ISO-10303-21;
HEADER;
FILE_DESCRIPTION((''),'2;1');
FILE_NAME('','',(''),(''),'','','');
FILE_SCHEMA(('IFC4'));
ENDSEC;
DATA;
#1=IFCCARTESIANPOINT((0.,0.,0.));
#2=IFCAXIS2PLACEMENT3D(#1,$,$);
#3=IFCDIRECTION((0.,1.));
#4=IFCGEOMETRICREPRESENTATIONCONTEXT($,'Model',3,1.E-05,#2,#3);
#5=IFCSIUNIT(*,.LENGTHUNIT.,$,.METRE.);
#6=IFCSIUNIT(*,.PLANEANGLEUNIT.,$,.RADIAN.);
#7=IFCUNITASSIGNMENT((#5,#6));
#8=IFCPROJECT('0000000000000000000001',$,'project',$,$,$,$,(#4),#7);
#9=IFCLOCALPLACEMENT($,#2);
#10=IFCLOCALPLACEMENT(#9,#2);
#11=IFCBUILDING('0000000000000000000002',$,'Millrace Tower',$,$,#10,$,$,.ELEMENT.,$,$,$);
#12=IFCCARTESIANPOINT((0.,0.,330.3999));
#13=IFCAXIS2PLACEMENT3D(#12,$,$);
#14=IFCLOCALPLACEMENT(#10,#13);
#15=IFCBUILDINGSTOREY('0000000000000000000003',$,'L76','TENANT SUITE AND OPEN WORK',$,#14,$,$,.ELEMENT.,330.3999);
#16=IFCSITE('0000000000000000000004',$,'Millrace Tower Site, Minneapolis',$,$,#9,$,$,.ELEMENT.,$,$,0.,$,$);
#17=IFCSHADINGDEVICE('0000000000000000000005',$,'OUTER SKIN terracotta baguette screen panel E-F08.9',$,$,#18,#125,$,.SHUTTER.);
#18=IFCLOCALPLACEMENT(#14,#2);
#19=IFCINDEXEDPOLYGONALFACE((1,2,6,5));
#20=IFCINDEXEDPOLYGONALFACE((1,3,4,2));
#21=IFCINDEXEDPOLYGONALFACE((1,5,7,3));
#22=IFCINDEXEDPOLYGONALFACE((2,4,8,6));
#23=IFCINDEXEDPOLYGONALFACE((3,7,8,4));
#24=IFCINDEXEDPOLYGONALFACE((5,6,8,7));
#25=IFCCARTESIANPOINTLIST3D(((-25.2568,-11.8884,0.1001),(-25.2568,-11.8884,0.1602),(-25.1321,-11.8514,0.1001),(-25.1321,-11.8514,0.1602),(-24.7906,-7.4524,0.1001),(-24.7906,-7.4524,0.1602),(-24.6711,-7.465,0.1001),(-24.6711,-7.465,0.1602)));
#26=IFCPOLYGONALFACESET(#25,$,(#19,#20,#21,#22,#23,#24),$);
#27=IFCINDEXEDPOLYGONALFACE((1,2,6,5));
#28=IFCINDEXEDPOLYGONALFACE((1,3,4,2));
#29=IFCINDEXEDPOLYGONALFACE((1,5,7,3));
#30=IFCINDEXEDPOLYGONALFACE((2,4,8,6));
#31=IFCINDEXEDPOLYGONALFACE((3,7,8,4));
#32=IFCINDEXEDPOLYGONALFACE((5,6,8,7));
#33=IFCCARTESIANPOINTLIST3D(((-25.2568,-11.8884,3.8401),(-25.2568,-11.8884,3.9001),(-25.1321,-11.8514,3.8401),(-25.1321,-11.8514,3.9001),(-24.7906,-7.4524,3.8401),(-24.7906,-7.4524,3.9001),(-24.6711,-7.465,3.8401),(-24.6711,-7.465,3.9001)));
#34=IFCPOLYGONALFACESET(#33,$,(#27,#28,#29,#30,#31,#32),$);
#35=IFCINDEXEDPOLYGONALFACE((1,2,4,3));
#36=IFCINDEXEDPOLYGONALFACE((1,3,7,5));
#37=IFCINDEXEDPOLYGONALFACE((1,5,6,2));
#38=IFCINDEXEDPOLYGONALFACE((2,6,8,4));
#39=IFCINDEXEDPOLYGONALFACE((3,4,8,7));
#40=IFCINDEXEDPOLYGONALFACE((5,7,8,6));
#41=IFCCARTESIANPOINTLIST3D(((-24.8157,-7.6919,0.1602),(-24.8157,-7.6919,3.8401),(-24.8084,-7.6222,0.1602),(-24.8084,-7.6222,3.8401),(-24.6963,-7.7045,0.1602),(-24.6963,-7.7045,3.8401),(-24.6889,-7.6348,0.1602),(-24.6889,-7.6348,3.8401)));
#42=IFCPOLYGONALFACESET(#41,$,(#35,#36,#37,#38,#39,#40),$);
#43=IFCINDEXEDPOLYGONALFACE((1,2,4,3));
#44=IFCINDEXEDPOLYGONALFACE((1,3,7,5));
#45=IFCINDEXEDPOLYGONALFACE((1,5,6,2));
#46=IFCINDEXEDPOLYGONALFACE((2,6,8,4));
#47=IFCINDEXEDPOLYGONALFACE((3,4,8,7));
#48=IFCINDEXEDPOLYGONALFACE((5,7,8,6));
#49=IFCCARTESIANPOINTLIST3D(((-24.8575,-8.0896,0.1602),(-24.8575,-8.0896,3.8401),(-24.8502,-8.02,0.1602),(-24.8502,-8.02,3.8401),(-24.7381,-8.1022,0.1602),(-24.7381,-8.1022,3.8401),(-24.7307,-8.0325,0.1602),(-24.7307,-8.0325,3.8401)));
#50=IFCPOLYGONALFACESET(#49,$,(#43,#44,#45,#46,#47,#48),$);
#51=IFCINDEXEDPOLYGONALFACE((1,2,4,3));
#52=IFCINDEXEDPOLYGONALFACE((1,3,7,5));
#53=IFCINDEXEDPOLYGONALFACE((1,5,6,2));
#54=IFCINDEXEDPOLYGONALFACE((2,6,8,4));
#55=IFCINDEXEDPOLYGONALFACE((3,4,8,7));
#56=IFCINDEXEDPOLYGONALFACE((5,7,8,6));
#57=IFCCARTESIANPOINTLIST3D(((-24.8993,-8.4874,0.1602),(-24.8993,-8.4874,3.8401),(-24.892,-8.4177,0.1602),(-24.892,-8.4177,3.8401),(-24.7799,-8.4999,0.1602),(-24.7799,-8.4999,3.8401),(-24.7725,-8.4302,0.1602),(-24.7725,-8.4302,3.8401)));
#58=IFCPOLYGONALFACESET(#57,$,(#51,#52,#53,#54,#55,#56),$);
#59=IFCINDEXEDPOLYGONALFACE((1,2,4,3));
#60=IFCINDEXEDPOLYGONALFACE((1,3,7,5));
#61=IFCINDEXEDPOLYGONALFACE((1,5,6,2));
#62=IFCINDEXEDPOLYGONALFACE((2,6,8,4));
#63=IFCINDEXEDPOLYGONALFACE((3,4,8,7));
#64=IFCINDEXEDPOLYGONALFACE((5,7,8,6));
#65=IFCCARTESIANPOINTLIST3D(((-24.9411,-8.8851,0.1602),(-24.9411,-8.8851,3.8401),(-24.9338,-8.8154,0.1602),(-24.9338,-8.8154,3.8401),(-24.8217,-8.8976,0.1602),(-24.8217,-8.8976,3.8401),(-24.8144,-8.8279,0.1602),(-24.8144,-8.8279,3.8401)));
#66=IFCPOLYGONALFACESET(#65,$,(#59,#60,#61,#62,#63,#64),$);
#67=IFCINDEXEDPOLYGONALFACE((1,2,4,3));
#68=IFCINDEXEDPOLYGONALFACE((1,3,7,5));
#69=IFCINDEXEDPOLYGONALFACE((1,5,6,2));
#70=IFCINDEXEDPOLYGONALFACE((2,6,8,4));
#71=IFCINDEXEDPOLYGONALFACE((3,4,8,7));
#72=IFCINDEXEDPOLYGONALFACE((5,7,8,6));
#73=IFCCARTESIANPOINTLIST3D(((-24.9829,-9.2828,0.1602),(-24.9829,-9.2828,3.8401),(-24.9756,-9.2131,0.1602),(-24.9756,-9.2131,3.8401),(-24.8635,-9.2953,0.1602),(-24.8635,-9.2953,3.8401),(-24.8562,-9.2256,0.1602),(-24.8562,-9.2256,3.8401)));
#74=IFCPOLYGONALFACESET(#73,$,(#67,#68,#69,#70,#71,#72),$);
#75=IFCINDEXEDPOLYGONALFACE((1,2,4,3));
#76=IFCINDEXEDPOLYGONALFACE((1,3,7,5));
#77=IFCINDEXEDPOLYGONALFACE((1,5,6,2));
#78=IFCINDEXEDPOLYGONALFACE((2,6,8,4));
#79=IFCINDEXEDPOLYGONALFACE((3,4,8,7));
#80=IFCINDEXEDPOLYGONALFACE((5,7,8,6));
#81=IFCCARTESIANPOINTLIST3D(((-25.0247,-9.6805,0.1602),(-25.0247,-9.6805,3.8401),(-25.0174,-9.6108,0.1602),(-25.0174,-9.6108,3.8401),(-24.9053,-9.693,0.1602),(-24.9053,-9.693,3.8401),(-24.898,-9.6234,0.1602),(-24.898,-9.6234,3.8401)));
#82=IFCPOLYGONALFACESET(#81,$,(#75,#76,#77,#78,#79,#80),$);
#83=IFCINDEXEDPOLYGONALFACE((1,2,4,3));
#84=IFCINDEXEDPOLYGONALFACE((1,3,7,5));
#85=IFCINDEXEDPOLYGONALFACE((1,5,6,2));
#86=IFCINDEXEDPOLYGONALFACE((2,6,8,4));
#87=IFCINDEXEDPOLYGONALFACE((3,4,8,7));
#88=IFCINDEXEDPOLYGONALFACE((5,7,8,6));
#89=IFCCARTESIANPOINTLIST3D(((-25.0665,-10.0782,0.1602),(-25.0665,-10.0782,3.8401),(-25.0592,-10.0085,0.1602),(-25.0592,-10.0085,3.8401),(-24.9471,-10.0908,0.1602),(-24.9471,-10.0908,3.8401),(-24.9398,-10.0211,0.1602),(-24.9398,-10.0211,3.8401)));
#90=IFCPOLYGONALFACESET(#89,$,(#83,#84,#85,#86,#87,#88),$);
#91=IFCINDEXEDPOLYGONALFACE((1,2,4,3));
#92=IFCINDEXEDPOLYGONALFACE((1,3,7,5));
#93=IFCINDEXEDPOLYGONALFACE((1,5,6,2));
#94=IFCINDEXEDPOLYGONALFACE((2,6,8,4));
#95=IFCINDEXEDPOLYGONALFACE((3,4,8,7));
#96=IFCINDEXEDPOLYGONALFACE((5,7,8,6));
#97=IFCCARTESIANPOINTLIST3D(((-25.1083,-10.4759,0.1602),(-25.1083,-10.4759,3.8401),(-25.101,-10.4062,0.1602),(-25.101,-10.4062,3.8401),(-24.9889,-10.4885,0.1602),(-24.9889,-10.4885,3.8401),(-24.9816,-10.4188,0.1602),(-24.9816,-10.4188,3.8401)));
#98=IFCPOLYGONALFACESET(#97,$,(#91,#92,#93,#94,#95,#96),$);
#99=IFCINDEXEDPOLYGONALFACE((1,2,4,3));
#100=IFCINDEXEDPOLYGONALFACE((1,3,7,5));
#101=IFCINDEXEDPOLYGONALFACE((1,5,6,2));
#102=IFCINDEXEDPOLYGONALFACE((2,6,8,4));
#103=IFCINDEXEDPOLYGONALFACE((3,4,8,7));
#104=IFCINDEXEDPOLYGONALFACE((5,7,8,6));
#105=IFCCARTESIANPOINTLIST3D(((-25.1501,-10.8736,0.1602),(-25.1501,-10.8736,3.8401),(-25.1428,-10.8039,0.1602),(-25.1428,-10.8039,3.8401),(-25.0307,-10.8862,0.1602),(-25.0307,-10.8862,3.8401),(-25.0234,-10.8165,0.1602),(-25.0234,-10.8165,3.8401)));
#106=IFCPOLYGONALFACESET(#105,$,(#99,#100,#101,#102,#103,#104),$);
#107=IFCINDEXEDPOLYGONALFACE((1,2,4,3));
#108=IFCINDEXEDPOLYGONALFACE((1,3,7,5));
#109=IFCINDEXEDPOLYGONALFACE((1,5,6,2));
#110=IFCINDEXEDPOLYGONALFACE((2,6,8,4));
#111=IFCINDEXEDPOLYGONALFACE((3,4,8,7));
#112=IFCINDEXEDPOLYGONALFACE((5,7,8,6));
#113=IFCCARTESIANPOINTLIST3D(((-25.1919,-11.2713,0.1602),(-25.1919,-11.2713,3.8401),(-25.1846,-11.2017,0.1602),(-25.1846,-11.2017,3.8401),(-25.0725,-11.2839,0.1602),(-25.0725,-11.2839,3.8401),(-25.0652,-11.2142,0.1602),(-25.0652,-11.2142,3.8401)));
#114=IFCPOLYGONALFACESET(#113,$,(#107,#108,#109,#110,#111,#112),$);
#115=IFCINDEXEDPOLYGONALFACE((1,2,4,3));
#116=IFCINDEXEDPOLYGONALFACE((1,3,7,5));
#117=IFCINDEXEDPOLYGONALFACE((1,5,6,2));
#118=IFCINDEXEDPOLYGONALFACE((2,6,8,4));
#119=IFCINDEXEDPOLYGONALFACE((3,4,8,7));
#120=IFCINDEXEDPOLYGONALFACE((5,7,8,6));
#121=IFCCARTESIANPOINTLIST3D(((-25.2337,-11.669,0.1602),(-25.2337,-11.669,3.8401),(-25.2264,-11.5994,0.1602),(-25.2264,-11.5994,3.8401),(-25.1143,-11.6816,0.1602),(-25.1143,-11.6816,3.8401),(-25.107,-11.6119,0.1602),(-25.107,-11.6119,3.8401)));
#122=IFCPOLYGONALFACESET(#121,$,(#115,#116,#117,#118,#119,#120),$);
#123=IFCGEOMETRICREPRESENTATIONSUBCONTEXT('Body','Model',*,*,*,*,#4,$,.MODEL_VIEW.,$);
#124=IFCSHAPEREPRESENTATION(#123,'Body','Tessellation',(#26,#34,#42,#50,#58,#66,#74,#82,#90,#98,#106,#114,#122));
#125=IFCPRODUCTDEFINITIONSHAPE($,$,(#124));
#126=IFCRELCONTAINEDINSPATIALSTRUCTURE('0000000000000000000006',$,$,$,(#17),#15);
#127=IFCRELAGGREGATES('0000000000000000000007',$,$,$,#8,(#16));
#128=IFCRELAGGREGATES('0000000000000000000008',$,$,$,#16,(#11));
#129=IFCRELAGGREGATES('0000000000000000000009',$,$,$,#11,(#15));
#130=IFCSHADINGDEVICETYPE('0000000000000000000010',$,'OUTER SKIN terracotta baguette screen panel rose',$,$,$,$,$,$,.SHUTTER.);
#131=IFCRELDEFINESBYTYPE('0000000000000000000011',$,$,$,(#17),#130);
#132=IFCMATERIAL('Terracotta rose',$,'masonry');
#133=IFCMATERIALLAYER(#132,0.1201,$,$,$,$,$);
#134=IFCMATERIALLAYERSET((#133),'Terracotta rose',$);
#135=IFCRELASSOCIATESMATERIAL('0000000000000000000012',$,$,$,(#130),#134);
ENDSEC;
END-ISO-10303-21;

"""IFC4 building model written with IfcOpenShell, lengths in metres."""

from ifc_helpers import new_model, entity, si_unit, direction, frame, frame_2d, origin, place, context, subcontext, project, spatial, rectangle, extrude, source, transform, mapped, material, layer, layer_set, type_object, element, save


model = new_model("IFC4")

# Units and contexts
model_context = context("Model", 3, precision=1e-05, world=origin(), true_north=direction((0.0, 1.0)))
body_context = subcontext(model_context, "Body", "Model", "MODEL_VIEW")
ifc_project = project(units=[si_unit("LENGTHUNIT", "METRE"), si_unit("PLANEANGLEUNIT", "RADIAN")], contexts=[model_context])

# Site, building, storey
site_placement = place(None, origin())
site = spatial("IfcSite", under=ifc_project, at=site_placement, Name="Millrace Tower Site, Minneapolis", CompositionType="ELEMENT", RefElevation=0.0)
building_placement = place(site_placement, origin())
building = spatial("IfcBuilding", under=site, at=building_placement, Name="Millrace Tower", CompositionType="ELEMENT")
storey_placement = place(building_placement, frame((0.0, 0.0, 330.3999)))
storey = spatial("IfcBuildingStorey", under=building, at=storey_placement, Name="L76", Description="TENANT SUITE AND OPEN WORK", CompositionType="ELEMENT", Elevation=330.3999)

# Shading device
ifc_material_1 = material(Name="Terracotta rose", Category="masonry")
ifc_layer_1 = layer(ifc_material_1, 0.1201)
ifc_layer_set_1 = layer_set([ifc_layer_1], Name="Terracotta rose")
shading_device_type = type_object("IfcShadingDeviceType", Name="OUTER SKIN terracotta baguette screen panel rose", PredefinedType="SHUTTER", material=ifc_layer_set_1)
cartesian_point_1 = entity("IfcCartesianPoint", [-2.2178, 0.0601])
shared_polyline_1 = entity("IfcPolyline", [cartesian_point_1, entity("IfcCartesianPoint", [2.1929, 0.0601]), entity("IfcCartesianPoint", [2.2427, -0.0601]), entity("IfcCartesianPoint", [-2.2178, -0.0601]), cartesian_point_1])
shared_shape_1 = source(origin(), body_context, "Body", "SweptSolid", [
    entity("IfcExtrudedAreaSolid", entity("IfcArbitraryClosedProfileDef", "AREA", None, shared_polyline_1), entity("IfcAxis2Placement3D", entity("IfcCartesianPoint", [0.0, 0.0, 0.0])), entity("IfcDirection", [0.0, 0.0, 1.0]), 0.0601),
    entity("IfcExtrudedAreaSolid", entity("IfcArbitraryClosedProfileDef", "AREA", None, shared_polyline_1), entity("IfcAxis2Placement3D", entity("IfcCartesianPoint", [0.0, 0.0, 3.74])), entity("IfcDirection", [0.0, 0.0, 1.0]), 0.0601),
    extrude(rectangle(XDim=0.0701, YDim=0.1201, at=frame_2d((-2.012, 0.0))), frame((0.0, 0.0, 0.0601)), (0.0, 0.0, 1.0), 3.6799),
    extrude(rectangle(XDim=0.0701, YDim=0.1201, at=frame_2d((-1.6121, 0.0))), frame((0.0, 0.0, 0.0601)), (0.0, 0.0, 1.0), 3.6799),
    extrude(rectangle(XDim=0.0701, YDim=0.1201, at=frame_2d((-1.2122, 0.0))), frame((0.0, 0.0, 0.0601)), (0.0, 0.0, 1.0), 3.6799),
    extrude(rectangle(XDim=0.0701, YDim=0.1201, at=frame_2d((-0.8123, 0.0))), frame((0.0, 0.0, 0.0601)), (0.0, 0.0, 1.0), 3.6799),
    extrude(rectangle(XDim=0.0701, YDim=0.1201, at=frame_2d((-0.4124, 0.0))), frame((0.0, 0.0, 0.0601)), (0.0, 0.0, 1.0), 3.6799),
    extrude(rectangle(XDim=0.0701, YDim=0.1201, at=frame_2d((-0.0125, 0.0))), frame((0.0, 0.0, 0.0601)), (0.0, 0.0, 1.0), 3.6799),
    extrude(rectangle(XDim=0.0701, YDim=0.1201, at=frame_2d((0.3875, 0.0))), frame((0.0, 0.0, 0.0601)), (0.0, 0.0, 1.0), 3.6799),
    extrude(rectangle(XDim=0.0701, YDim=0.1201, at=frame_2d((0.7874, 0.0))), frame((0.0, 0.0, 0.0601)), (0.0, 0.0, 1.0), 3.6799),
    extrude(rectangle(XDim=0.0701, YDim=0.1201, at=frame_2d((1.1873, 0.0))), frame((0.0, 0.0, 0.0601)), (0.0, 0.0, 1.0), 3.6799),
    extrude(rectangle(XDim=0.0701, YDim=0.1201, at=frame_2d((1.5872, 0.0))), frame((0.0, 0.0, 0.0601)), (0.0, 0.0, 1.0), 3.6799),
    extrude(rectangle(XDim=0.0701, YDim=0.1201, at=frame_2d((1.9871, 0.0))), frame((0.0, 0.0, 0.0601)), (0.0, 0.0, 1.0), 3.6799),
])
shading_device_placement = place(storey_placement, frame((-24.9626, -9.6643, 0.1001), z_axis=(0.0, 0.0, 1.0), x_axis=(-0.104528, -0.994522, 0.0)))
element("IfcShadingDevice", 1, at=shading_device_placement, inside=storey, type_object=shading_device_type, Name="OUTER SKIN terracotta baguette screen panel E-F08.9", PredefinedType="SHUTTER", context=body_context, shape_type="MappedRepresentation", body=[
    mapped(shared_shape_1, transform((0.0, 0.0, 0.0), scale=1.0)),
])

save(model, "model.ifc")
